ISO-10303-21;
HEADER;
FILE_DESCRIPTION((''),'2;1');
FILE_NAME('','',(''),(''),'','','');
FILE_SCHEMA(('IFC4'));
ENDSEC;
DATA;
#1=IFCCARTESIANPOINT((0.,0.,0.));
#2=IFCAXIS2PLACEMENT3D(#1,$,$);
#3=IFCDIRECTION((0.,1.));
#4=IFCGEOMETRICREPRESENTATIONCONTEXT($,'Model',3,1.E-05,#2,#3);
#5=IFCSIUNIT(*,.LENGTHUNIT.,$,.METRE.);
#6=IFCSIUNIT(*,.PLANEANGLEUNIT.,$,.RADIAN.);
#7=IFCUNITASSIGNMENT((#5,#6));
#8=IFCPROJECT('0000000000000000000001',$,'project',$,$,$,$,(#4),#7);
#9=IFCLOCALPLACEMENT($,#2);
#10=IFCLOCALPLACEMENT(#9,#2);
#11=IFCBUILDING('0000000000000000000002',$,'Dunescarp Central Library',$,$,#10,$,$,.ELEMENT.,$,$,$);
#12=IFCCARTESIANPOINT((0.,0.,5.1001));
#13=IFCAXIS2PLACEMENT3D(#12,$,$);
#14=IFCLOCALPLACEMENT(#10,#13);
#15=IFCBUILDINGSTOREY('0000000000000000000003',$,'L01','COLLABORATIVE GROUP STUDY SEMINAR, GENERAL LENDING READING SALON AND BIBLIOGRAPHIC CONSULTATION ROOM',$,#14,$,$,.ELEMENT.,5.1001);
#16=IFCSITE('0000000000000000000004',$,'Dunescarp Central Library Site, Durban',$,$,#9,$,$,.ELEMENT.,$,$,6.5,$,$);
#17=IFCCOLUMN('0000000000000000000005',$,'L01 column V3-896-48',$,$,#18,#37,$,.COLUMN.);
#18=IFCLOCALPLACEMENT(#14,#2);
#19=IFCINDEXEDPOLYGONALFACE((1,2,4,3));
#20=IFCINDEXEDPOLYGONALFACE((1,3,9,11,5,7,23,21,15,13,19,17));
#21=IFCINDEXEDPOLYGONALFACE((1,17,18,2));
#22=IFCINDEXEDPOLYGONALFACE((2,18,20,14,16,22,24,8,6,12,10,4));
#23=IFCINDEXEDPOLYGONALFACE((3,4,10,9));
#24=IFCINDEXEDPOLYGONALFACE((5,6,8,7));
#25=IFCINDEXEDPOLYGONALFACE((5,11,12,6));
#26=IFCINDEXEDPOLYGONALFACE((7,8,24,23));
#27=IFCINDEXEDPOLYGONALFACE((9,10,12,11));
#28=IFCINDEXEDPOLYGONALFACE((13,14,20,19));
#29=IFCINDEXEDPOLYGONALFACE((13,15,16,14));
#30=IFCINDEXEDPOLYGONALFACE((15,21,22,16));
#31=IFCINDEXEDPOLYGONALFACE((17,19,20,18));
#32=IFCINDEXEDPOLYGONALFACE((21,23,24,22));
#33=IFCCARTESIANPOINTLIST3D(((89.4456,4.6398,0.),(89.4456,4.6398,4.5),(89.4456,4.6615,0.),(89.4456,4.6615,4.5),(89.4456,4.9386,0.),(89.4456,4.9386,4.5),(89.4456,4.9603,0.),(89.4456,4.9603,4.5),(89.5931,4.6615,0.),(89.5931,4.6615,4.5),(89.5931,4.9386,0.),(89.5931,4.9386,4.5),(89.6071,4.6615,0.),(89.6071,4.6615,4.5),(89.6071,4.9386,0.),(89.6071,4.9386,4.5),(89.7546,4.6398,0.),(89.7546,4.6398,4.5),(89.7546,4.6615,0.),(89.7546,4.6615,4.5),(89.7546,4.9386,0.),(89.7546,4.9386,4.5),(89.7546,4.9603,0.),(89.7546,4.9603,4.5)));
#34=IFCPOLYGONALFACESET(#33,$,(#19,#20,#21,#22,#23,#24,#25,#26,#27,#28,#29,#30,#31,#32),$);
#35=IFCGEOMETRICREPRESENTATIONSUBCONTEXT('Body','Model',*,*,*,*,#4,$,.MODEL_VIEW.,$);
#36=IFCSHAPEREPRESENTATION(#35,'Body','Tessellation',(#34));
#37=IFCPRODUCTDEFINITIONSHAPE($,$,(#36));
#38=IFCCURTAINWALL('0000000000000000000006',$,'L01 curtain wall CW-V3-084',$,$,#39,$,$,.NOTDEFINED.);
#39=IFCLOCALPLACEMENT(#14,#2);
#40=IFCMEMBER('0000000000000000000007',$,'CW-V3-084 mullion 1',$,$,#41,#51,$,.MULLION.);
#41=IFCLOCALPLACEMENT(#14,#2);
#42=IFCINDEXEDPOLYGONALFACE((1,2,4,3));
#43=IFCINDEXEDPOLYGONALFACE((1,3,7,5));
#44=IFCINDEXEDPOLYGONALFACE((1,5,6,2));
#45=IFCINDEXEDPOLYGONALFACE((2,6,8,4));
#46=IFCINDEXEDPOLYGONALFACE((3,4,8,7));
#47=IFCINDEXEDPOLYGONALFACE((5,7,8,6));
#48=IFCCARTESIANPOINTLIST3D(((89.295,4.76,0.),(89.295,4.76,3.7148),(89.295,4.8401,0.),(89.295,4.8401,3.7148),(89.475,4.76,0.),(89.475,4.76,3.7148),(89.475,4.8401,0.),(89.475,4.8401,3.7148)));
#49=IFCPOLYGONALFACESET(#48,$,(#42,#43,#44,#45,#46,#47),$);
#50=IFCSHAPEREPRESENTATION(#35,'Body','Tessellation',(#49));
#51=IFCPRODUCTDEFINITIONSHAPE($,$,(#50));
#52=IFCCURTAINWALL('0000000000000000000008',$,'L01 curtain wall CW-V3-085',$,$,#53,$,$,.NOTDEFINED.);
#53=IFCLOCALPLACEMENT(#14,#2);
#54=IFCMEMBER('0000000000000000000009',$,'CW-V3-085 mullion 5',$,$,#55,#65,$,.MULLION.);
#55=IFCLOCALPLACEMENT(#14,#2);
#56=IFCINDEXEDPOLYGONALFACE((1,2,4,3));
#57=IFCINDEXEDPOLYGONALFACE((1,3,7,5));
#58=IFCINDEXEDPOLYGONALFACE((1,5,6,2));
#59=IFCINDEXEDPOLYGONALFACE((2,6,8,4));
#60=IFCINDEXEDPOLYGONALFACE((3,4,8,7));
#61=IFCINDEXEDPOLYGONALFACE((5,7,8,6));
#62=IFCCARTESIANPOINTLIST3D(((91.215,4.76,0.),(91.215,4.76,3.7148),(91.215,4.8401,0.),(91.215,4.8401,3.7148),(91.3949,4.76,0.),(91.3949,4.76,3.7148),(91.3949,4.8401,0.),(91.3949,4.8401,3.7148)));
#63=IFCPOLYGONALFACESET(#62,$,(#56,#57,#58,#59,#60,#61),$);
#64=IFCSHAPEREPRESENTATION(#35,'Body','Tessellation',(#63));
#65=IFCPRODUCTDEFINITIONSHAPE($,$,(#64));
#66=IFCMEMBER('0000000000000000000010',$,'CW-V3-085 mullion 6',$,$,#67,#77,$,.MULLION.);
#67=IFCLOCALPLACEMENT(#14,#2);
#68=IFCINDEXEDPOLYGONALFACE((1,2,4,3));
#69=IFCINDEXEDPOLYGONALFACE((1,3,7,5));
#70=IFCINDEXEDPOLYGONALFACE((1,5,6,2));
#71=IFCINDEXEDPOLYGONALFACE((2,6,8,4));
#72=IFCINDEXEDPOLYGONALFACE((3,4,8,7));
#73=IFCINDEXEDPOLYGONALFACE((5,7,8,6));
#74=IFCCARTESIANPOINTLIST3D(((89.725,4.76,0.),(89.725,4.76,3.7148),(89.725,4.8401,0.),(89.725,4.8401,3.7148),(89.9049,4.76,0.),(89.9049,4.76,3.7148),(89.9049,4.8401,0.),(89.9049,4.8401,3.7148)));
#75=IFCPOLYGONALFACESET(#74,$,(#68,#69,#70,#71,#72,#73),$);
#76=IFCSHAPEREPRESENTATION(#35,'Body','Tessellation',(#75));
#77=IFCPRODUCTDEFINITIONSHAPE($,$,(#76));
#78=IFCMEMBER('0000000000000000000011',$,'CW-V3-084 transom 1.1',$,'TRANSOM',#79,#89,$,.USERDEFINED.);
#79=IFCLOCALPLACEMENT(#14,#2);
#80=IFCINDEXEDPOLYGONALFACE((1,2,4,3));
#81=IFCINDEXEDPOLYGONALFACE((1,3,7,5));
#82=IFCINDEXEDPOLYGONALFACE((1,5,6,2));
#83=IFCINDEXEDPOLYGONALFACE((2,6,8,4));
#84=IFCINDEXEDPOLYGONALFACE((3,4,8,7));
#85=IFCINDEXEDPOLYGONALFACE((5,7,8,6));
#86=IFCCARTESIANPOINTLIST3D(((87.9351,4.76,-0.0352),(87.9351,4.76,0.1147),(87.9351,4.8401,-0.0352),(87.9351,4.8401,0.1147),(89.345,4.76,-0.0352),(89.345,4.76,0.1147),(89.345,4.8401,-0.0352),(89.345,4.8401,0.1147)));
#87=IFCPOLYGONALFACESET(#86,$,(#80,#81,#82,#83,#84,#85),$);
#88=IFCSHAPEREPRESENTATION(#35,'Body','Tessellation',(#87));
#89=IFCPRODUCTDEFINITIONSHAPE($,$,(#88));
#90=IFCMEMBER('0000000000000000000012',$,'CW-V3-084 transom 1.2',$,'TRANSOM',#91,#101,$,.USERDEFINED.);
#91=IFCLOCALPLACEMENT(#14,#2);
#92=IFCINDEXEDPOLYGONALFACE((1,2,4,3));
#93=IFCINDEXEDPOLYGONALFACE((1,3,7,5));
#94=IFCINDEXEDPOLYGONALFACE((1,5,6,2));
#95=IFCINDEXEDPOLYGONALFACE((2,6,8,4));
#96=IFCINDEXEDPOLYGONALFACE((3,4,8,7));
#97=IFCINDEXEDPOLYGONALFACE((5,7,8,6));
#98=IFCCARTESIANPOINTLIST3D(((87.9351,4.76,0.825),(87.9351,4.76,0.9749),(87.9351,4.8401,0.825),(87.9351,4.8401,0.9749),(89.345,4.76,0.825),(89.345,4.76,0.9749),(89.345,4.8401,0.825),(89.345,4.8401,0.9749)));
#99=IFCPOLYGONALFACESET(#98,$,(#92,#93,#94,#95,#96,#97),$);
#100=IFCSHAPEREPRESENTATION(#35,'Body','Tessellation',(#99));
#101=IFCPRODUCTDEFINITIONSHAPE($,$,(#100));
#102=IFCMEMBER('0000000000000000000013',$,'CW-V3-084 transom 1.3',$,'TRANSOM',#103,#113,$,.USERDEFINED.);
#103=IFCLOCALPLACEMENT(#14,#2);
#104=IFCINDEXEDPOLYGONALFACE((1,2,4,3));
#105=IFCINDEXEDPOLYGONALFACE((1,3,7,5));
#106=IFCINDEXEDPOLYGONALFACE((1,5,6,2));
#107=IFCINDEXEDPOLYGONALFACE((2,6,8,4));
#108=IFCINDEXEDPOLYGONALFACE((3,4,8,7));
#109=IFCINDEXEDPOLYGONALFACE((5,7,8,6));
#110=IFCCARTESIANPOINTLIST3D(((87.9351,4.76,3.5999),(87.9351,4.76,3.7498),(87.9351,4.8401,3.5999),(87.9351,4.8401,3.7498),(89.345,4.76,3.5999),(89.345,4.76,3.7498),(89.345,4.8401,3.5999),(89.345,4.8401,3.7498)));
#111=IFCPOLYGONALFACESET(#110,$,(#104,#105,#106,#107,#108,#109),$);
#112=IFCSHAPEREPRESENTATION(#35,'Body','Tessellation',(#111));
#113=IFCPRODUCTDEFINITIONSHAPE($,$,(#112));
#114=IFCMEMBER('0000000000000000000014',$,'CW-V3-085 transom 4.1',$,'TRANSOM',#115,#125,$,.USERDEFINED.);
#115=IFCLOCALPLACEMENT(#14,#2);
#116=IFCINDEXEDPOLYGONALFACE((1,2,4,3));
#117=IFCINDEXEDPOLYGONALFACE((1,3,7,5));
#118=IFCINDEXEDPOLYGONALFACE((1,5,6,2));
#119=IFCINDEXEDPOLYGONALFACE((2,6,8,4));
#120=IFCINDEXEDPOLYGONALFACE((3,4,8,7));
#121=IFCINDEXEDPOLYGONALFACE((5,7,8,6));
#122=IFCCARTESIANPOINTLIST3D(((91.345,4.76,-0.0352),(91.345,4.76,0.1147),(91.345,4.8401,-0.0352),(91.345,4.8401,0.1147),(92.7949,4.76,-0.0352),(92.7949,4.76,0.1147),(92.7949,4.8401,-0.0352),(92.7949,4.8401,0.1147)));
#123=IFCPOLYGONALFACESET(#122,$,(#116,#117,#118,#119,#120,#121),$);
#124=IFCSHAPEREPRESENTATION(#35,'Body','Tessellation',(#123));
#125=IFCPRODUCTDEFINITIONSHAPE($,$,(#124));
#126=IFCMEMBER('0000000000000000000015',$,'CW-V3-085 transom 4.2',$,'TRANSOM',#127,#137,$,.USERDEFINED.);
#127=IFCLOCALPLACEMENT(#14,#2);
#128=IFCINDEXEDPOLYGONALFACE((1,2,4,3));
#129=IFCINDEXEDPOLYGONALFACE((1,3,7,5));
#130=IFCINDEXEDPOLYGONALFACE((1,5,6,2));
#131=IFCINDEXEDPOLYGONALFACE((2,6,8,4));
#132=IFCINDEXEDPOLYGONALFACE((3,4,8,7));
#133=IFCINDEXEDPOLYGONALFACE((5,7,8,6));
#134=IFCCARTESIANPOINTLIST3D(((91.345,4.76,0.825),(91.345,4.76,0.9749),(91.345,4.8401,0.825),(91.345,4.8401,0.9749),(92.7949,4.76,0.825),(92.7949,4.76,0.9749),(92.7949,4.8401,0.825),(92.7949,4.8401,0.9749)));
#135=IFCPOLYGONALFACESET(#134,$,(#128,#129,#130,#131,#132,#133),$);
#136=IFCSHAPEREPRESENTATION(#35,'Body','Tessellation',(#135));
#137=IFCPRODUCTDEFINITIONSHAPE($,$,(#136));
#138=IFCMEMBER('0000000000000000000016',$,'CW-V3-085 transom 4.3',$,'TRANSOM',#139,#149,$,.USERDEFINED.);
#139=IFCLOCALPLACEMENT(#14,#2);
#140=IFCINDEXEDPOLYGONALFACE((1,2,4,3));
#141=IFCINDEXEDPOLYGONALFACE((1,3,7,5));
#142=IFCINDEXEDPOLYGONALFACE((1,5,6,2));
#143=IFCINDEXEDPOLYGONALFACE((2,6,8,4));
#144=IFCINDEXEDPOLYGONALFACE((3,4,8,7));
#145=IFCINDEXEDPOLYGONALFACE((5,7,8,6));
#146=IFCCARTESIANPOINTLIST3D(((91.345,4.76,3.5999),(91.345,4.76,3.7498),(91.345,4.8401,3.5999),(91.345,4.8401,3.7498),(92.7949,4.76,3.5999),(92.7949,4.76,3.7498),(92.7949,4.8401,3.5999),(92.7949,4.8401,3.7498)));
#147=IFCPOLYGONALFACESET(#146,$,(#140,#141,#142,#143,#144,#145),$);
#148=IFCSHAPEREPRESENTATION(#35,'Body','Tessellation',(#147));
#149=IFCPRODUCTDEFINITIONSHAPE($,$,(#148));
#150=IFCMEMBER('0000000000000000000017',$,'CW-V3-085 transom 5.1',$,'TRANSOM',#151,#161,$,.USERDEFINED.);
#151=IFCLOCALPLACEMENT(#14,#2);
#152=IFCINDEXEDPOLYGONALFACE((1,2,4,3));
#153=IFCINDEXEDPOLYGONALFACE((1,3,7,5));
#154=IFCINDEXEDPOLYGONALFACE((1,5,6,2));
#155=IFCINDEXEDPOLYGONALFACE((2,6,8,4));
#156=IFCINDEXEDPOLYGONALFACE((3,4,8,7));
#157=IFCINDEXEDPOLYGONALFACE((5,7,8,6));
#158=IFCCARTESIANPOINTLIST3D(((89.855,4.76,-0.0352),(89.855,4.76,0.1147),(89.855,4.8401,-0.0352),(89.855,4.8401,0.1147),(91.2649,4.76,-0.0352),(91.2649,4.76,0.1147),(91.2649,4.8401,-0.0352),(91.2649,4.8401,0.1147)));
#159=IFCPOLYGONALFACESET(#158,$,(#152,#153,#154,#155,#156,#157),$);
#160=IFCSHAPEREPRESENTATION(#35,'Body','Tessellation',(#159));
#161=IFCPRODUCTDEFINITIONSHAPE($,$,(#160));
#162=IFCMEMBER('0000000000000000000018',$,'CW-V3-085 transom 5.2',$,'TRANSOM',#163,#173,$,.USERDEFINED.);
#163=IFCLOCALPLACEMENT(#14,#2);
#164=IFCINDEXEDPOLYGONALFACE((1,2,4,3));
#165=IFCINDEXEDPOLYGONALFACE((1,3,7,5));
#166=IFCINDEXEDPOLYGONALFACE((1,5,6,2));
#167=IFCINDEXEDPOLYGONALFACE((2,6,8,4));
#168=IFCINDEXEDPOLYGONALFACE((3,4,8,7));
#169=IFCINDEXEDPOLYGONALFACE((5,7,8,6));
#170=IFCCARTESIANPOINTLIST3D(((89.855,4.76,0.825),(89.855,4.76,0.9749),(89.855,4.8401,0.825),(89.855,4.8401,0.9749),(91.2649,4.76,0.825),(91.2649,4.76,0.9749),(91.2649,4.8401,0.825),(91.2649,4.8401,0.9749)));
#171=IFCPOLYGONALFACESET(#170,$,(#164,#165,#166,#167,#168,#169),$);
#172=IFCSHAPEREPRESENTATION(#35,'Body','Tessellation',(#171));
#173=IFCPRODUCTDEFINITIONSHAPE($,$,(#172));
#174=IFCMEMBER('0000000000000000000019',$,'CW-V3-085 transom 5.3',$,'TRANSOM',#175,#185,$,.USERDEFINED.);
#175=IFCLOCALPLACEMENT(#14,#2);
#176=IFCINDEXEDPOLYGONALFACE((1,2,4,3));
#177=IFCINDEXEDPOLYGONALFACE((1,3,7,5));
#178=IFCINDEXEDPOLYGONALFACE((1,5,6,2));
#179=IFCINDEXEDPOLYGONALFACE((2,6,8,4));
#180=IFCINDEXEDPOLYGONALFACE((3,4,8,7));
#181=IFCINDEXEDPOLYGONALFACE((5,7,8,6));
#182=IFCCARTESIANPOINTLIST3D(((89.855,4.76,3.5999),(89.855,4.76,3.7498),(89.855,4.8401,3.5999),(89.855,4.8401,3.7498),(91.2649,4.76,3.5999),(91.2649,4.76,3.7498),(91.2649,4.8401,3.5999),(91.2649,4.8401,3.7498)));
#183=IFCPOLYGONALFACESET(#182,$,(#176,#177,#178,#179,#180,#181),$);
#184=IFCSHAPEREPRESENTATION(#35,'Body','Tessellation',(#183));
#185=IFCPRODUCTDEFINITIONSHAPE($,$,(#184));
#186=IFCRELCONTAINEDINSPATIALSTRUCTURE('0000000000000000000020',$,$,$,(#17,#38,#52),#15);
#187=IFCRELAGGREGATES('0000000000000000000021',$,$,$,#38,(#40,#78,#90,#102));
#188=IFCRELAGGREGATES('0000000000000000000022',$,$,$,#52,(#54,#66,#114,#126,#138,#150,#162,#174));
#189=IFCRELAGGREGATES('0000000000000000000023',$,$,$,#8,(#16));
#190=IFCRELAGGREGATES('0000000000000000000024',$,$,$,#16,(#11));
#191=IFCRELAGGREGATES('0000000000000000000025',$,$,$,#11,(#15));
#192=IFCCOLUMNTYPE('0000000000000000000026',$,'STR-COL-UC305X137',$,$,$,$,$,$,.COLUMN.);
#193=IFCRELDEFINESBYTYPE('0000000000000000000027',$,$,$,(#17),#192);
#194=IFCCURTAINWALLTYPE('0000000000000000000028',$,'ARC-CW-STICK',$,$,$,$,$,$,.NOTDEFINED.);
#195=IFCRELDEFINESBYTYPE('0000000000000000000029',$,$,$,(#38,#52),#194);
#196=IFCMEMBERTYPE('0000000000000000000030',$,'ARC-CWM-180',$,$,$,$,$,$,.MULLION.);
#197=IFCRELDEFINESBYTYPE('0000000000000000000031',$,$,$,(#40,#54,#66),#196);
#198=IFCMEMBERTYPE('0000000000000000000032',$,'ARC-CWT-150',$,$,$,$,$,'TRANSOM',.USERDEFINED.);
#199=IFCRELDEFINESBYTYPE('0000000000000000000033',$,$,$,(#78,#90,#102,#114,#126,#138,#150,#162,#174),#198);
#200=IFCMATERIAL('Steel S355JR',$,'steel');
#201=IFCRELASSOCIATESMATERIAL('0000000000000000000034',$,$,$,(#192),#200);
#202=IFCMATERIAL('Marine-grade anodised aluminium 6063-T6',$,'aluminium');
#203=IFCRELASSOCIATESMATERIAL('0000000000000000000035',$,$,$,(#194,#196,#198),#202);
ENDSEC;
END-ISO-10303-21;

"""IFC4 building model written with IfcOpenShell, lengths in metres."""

from ifc_helpers import new_model, si_unit, direction, frame, origin, origin_2d, place, context, subcontext, project, spatial, rectangle, i_section, extrude, material, material_profile, profile_set, type_object, element, aggregate, save


model = new_model("IFC4")

# Units and contexts
model_context = context("Model", 3, precision=1e-05, world=origin(), true_north=direction((0.0, 1.0)))
body_context = subcontext(model_context, "Body", "Model", "MODEL_VIEW")
ifc_project = project(units=[si_unit("LENGTHUNIT", "METRE"), si_unit("PLANEANGLEUNIT", "RADIAN")], contexts=[model_context])

# Site, building, storey
site_placement = place(None, origin())
site = spatial("IfcSite", under=ifc_project, at=site_placement, Name="Dunescarp Central Library Site, Durban", CompositionType="ELEMENT", RefElevation=6.5)
building_placement = place(site_placement, origin())
building = spatial("IfcBuilding", under=site, at=building_placement, Name="Dunescarp Central Library", CompositionType="ELEMENT")
storey_placement = place(building_placement, frame((0.0, 0.0, 5.1001)))
storey = spatial("IfcBuildingStorey", under=building, at=storey_placement, Name="L01", Description="COLLABORATIVE GROUP STUDY SEMINAR, GENERAL LENDING READING SALON AND BIBLIOGRAPHIC CONSULTATION ROOM", CompositionType="ELEMENT", Elevation=5.1001)

# Column
ifc_material_1 = material(Name="Steel S355JR", Category="steel")
ifc_material_profile_1 = material_profile(ifc_material_1, i_section(OverallWidth=0.3091, OverallDepth=0.3206, WebThickness=0.0139, FlangeThickness=0.0217, at=origin_2d()), Name="UC 305x305x137")
ifc_profile_set_1 = profile_set([ifc_material_profile_1], Name="Steel S355JR")
column_type = type_object("IfcColumnType", Name="STR-COL-UC305X137", PredefinedType="COLUMN", material=ifc_profile_set_1)
column_placement = place(storey_placement, frame((89.6001, 4.8, 0.0), z_axis=(0.0, 0.0, 1.0), x_axis=(1.0, 0.0, 0.0)))
element("IfcColumn", 1, at=column_placement, inside=storey, type_object=column_type, Name="L01 column V3-896-48", PredefinedType="COLUMN", context=body_context, shape_type="SweptSolid", body=[
    extrude(i_section(OverallWidth=0.3091, OverallDepth=0.3206, WebThickness=0.0139, FlangeThickness=0.0217, at=origin_2d()), origin(), (0.0, 0.0, 1.0), 4.5),
])

# Curtain wall, member
ifc_material_2 = material(Name="Marine-grade anodised aluminium 6063-T6", Category="aluminium")
curtain_wall_type = type_object("IfcCurtainWallType", Name="ARC-CW-STICK", PredefinedType="NOTDEFINED", material=ifc_material_2)
curtain_wall_1_placement = place(storey_placement, origin())
curtain_wall_1 = element("IfcCurtainWall", 2, at=curtain_wall_1_placement, inside=storey, type_object=curtain_wall_type, Name="L01 curtain wall CW-V3-084", PredefinedType="NOTDEFINED")
ifc_material_profile_2 = material_profile(ifc_material_2, rectangle(XDim=0.0801, YDim=0.1799, at=origin_2d()), Name="AL 80x180")
ifc_profile_set_2 = profile_set([ifc_material_profile_2], Name="Marine-grade anodised aluminium 6063-T6")
member_type_1 = type_object("IfcMemberType", Name="ARC-CWM-180", PredefinedType="MULLION", material=ifc_profile_set_2)
member_1_placement = place(storey_placement, frame((89.385, 4.8, 0.0), z_axis=(0.0, 0.0, 1.0), x_axis=(0.0, -1.0, 0.0)))
member_1 = element("IfcMember", 3, at=member_1_placement, type_object=member_type_1, Name="CW-V3-084 mullion 1", PredefinedType="MULLION", context=body_context, shape_type="SweptSolid", body=[
    extrude(rectangle(XDim=0.0801, YDim=0.1799, at=origin_2d()), origin(), (0.0, 0.0, 1.0), 3.7148),
])

# Curtain wall, members
curtain_wall_2_placement = place(storey_placement, origin())
curtain_wall_2 = element("IfcCurtainWall", 4, at=curtain_wall_2_placement, inside=storey, type_object=curtain_wall_type, Name="L01 curtain wall CW-V3-085", PredefinedType="NOTDEFINED")
member_2_placement = place(storey_placement, frame((91.3049, 4.8, 0.0), z_axis=(0.0, 0.0, 1.0), x_axis=(0.0, -1.0, 0.0)))
member_2 = element("IfcMember", 5, at=member_2_placement, type_object=member_type_1, Name="CW-V3-085 mullion 5", PredefinedType="MULLION", context=body_context, shape_type="SweptSolid", body=[
    extrude(rectangle(XDim=0.0801, YDim=0.1799, at=origin_2d()), origin(), (0.0, 0.0, 1.0), 3.7148),
])
member_3_placement = place(storey_placement, frame((89.8149, 4.8, 0.0), z_axis=(0.0, 0.0, 1.0), x_axis=(0.0, -1.0, 0.0)))
member_3 = element("IfcMember", 6, at=member_3_placement, type_object=member_type_1, Name="CW-V3-085 mullion 6", PredefinedType="MULLION", context=body_context, shape_type="SweptSolid", body=[
    extrude(rectangle(XDim=0.0801, YDim=0.1799, at=origin_2d()), origin(), (0.0, 0.0, 1.0), 3.7148),
])

# Members
ifc_material_profile_3 = material_profile(ifc_material_2, rectangle(XDim=0.0801, YDim=0.1499, at=origin_2d()), Name="AL 80x150")
ifc_profile_set_3 = profile_set([ifc_material_profile_3], Name="Marine-grade anodised aluminium 6063-T6")
member_type_2 = type_object("IfcMemberType", Name="ARC-CWT-150", ElementType="TRANSOM", PredefinedType="USERDEFINED", material=ifc_profile_set_3)
member_4_placement = place(storey_placement, frame((89.345, 4.8, 0.0398), z_axis=(-1.0, 0.0, 0.0), x_axis=(0.0, -1.0, 0.0)))
member_4 = element("IfcMember", 7, at=member_4_placement, type_object=member_type_2, Name="CW-V3-084 transom 1.1", ObjectType="TRANSOM", PredefinedType="USERDEFINED", context=body_context, shape_type="SweptSolid", body=[
    extrude(rectangle(XDim=0.0801, YDim=0.1499, at=origin_2d()), origin(), (0.0, 0.0, 1.0), 1.4099),
])
member_5_placement = place(storey_placement, frame((89.345, 4.8, 0.8999), z_axis=(-1.0, 0.0, 0.0), x_axis=(0.0, -1.0, 0.0)))
member_5 = element("IfcMember", 8, at=member_5_placement, type_object=member_type_2, Name="CW-V3-084 transom 1.2", ObjectType="TRANSOM", PredefinedType="USERDEFINED", context=body_context, shape_type="SweptSolid", body=[
    extrude(rectangle(XDim=0.0801, YDim=0.1499, at=origin_2d()), origin(), (0.0, 0.0, 1.0), 1.4099),
])
member_6_placement = place(storey_placement, frame((89.345, 4.8, 3.6748), z_axis=(-1.0, 0.0, 0.0), x_axis=(0.0, -1.0, 0.0)))
member_6 = element("IfcMember", 9, at=member_6_placement, type_object=member_type_2, Name="CW-V3-084 transom 1.3", ObjectType="TRANSOM", PredefinedType="USERDEFINED", context=body_context, shape_type="SweptSolid", body=[
    extrude(rectangle(XDim=0.0801, YDim=0.1499, at=origin_2d()), origin(), (0.0, 0.0, 1.0), 1.4099),
])
member_7_placement = place(storey_placement, frame((92.7949, 4.8, 0.0398), z_axis=(-1.0, 0.0, 0.0), x_axis=(0.0, -1.0, 0.0)))
member_7 = element("IfcMember", 10, at=member_7_placement, type_object=member_type_2, Name="CW-V3-085 transom 4.1", ObjectType="TRANSOM", PredefinedType="USERDEFINED", context=body_context, shape_type="SweptSolid", body=[
    extrude(rectangle(XDim=0.0801, YDim=0.1499, at=origin_2d()), origin(), (0.0, 0.0, 1.0), 1.45),
])
member_8_placement = place(storey_placement, frame((92.7949, 4.8, 0.8999), z_axis=(-1.0, 0.0, 0.0), x_axis=(0.0, -1.0, 0.0)))
member_8 = element("IfcMember", 11, at=member_8_placement, type_object=member_type_2, Name="CW-V3-085 transom 4.2", ObjectType="TRANSOM", PredefinedType="USERDEFINED", context=body_context, shape_type="SweptSolid", body=[
    extrude(rectangle(XDim=0.0801, YDim=0.1499, at=origin_2d()), origin(), (0.0, 0.0, 1.0), 1.45),
])
member_9_placement = place(storey_placement, frame((92.7949, 4.8, 3.6748), z_axis=(-1.0, 0.0, 0.0), x_axis=(0.0, -1.0, 0.0)))
member_9 = element("IfcMember", 12, at=member_9_placement, type_object=member_type_2, Name="CW-V3-085 transom 4.3", ObjectType="TRANSOM", PredefinedType="USERDEFINED", context=body_context, shape_type="SweptSolid", body=[
    extrude(rectangle(XDim=0.0801, YDim=0.1499, at=origin_2d()), origin(), (0.0, 0.0, 1.0), 1.45),
])
member_10_placement = place(storey_placement, frame((91.2649, 4.8, 0.0398), z_axis=(-1.0, 0.0, 0.0), x_axis=(0.0, -1.0, 0.0)))
member_10 = element("IfcMember", 13, at=member_10_placement, type_object=member_type_2, Name="CW-V3-085 transom 5.1", ObjectType="TRANSOM", PredefinedType="USERDEFINED", context=body_context, shape_type="SweptSolid", body=[
    extrude(rectangle(XDim=0.0801, YDim=0.1499, at=origin_2d()), origin(), (0.0, 0.0, 1.0), 1.4099),
])
member_11_placement = place(storey_placement, frame((91.2649, 4.8, 0.8999), z_axis=(-1.0, 0.0, 0.0), x_axis=(0.0, -1.0, 0.0)))
member_11 = element("IfcMember", 14, at=member_11_placement, type_object=member_type_2, Name="CW-V3-085 transom 5.2", ObjectType="TRANSOM", PredefinedType="USERDEFINED", context=body_context, shape_type="SweptSolid", body=[
    extrude(rectangle(XDim=0.0801, YDim=0.1499, at=origin_2d()), origin(), (0.0, 0.0, 1.0), 1.4099),
])
member_12_placement = place(storey_placement, frame((91.2649, 4.8, 3.6748), z_axis=(-1.0, 0.0, 0.0), x_axis=(0.0, -1.0, 0.0)))
member_12 = element("IfcMember", 15, at=member_12_placement, type_object=member_type_2, Name="CW-V3-085 transom 5.3", ObjectType="TRANSOM", PredefinedType="USERDEFINED", context=body_context, shape_type="SweptSolid", body=[
    extrude(rectangle(XDim=0.0801, YDim=0.1499, at=origin_2d()), origin(), (0.0, 0.0, 1.0), 1.4099),
])

aggregate(curtain_wall_1, [member_1, member_4, member_5, member_6])
aggregate(curtain_wall_2, [member_2, member_3, member_7, member_8, member_9, member_10, member_11, member_12])

save(model, "model.ifc")
